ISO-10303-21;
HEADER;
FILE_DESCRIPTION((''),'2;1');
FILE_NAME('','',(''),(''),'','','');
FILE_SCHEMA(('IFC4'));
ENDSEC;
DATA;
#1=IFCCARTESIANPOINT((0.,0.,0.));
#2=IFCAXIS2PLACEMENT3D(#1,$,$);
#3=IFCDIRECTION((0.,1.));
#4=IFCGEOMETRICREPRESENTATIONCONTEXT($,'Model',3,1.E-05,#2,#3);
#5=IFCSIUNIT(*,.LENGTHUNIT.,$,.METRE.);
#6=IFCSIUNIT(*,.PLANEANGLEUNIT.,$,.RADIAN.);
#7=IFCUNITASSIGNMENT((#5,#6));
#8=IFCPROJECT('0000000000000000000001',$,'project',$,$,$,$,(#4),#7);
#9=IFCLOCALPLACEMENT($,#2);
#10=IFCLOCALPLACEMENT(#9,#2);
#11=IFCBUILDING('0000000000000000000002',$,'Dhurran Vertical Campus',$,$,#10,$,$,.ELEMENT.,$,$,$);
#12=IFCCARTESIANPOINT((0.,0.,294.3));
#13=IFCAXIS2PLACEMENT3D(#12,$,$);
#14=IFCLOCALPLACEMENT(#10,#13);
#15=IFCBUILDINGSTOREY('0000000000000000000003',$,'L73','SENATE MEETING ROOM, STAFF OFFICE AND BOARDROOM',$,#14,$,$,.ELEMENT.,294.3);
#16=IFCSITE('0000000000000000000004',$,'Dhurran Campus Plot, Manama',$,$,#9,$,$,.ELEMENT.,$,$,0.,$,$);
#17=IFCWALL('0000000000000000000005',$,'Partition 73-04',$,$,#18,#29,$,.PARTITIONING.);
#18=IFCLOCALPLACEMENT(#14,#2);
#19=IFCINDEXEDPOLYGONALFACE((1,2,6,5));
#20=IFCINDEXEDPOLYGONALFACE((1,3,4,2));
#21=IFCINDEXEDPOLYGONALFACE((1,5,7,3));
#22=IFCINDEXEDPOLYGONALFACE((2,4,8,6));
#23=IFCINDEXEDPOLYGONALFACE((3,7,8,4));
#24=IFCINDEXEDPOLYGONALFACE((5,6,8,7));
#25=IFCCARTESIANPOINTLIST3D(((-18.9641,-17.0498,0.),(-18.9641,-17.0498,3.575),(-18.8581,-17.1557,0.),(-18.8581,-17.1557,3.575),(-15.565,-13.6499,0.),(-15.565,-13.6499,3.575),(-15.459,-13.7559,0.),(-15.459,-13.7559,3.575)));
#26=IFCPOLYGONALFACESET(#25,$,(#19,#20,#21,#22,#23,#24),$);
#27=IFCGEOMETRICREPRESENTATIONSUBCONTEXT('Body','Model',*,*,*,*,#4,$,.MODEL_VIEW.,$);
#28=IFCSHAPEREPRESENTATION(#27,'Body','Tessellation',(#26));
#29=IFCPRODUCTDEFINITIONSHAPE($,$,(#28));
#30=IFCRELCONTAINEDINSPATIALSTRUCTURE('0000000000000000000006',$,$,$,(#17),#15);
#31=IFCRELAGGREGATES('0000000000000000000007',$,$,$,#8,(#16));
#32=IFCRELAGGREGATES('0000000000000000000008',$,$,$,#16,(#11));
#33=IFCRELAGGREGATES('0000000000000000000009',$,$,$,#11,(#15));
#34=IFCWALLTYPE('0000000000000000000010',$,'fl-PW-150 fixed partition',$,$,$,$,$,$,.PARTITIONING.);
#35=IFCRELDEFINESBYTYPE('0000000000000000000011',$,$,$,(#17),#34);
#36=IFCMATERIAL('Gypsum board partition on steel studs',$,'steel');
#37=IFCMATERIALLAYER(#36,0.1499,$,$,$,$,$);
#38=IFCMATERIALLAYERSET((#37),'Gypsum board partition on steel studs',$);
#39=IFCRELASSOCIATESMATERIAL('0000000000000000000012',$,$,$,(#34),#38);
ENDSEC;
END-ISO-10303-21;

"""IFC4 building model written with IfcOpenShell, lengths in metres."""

from ifc_helpers import new_model, si_unit, direction, frame, frame_2d, origin, place, context, subcontext, project, spatial, rectangle, extrude, material, layer, layer_set, type_object, element, save


model = new_model("IFC4")

# Units and contexts
model_context = context("Model", 3, precision=1e-05, world=origin(), true_north=direction((0.0, 1.0)))
body_context = subcontext(model_context, "Body", "Model", "MODEL_VIEW")
ifc_project = project(units=[si_unit("LENGTHUNIT", "METRE"), si_unit("PLANEANGLEUNIT", "RADIAN")], contexts=[model_context])

# Site, building, storey
site_placement = place(None, origin())
site = spatial("IfcSite", under=ifc_project, at=site_placement, Name="Dhurran Campus Plot, Manama", CompositionType="ELEMENT", RefElevation=0.0)
building_placement = place(site_placement, origin())
building = spatial("IfcBuilding", under=site, at=building_placement, Name="Dhurran Vertical Campus", CompositionType="ELEMENT")
storey_placement = place(building_placement, frame((0.0, 0.0, 294.3)))
storey = spatial("IfcBuildingStorey", under=building, at=storey_placement, Name="L73", Description="SENATE MEETING ROOM, STAFF OFFICE AND BOARDROOM", CompositionType="ELEMENT", Elevation=294.3)

# Wall
ifc_material_1 = material(Name="Gypsum board partition on steel studs", Category="steel")
ifc_layer_1 = layer(ifc_material_1, 0.1499)
ifc_layer_set_1 = layer_set([ifc_layer_1], Name="Gypsum board partition on steel studs")
wall_type_1 = type_object("IfcWallType", Name="fl-PW-150 fixed partition", PredefinedType="PARTITIONING", material=ifc_layer_set_1)
wall_1_placement = place(storey_placement, frame((-15.512, -13.7029, 0.0), z_axis=(0.0, 0.0, 1.0), x_axis=(-0.707031, -0.707183, 0.0)))
element("IfcWall", 1, at=wall_1_placement, inside=storey, type_object=wall_type_1, Name="Partition 73-04", PredefinedType="PARTITIONING", context=body_context, shape_type="SweptSolid", body=[
    extrude(rectangle(XDim=4.8076, YDim=0.1499, at=frame_2d((2.4038, 0.0))), origin(), (0.0, 0.0, 1.0), 3.575),
])

save(model, "model.ifc")
